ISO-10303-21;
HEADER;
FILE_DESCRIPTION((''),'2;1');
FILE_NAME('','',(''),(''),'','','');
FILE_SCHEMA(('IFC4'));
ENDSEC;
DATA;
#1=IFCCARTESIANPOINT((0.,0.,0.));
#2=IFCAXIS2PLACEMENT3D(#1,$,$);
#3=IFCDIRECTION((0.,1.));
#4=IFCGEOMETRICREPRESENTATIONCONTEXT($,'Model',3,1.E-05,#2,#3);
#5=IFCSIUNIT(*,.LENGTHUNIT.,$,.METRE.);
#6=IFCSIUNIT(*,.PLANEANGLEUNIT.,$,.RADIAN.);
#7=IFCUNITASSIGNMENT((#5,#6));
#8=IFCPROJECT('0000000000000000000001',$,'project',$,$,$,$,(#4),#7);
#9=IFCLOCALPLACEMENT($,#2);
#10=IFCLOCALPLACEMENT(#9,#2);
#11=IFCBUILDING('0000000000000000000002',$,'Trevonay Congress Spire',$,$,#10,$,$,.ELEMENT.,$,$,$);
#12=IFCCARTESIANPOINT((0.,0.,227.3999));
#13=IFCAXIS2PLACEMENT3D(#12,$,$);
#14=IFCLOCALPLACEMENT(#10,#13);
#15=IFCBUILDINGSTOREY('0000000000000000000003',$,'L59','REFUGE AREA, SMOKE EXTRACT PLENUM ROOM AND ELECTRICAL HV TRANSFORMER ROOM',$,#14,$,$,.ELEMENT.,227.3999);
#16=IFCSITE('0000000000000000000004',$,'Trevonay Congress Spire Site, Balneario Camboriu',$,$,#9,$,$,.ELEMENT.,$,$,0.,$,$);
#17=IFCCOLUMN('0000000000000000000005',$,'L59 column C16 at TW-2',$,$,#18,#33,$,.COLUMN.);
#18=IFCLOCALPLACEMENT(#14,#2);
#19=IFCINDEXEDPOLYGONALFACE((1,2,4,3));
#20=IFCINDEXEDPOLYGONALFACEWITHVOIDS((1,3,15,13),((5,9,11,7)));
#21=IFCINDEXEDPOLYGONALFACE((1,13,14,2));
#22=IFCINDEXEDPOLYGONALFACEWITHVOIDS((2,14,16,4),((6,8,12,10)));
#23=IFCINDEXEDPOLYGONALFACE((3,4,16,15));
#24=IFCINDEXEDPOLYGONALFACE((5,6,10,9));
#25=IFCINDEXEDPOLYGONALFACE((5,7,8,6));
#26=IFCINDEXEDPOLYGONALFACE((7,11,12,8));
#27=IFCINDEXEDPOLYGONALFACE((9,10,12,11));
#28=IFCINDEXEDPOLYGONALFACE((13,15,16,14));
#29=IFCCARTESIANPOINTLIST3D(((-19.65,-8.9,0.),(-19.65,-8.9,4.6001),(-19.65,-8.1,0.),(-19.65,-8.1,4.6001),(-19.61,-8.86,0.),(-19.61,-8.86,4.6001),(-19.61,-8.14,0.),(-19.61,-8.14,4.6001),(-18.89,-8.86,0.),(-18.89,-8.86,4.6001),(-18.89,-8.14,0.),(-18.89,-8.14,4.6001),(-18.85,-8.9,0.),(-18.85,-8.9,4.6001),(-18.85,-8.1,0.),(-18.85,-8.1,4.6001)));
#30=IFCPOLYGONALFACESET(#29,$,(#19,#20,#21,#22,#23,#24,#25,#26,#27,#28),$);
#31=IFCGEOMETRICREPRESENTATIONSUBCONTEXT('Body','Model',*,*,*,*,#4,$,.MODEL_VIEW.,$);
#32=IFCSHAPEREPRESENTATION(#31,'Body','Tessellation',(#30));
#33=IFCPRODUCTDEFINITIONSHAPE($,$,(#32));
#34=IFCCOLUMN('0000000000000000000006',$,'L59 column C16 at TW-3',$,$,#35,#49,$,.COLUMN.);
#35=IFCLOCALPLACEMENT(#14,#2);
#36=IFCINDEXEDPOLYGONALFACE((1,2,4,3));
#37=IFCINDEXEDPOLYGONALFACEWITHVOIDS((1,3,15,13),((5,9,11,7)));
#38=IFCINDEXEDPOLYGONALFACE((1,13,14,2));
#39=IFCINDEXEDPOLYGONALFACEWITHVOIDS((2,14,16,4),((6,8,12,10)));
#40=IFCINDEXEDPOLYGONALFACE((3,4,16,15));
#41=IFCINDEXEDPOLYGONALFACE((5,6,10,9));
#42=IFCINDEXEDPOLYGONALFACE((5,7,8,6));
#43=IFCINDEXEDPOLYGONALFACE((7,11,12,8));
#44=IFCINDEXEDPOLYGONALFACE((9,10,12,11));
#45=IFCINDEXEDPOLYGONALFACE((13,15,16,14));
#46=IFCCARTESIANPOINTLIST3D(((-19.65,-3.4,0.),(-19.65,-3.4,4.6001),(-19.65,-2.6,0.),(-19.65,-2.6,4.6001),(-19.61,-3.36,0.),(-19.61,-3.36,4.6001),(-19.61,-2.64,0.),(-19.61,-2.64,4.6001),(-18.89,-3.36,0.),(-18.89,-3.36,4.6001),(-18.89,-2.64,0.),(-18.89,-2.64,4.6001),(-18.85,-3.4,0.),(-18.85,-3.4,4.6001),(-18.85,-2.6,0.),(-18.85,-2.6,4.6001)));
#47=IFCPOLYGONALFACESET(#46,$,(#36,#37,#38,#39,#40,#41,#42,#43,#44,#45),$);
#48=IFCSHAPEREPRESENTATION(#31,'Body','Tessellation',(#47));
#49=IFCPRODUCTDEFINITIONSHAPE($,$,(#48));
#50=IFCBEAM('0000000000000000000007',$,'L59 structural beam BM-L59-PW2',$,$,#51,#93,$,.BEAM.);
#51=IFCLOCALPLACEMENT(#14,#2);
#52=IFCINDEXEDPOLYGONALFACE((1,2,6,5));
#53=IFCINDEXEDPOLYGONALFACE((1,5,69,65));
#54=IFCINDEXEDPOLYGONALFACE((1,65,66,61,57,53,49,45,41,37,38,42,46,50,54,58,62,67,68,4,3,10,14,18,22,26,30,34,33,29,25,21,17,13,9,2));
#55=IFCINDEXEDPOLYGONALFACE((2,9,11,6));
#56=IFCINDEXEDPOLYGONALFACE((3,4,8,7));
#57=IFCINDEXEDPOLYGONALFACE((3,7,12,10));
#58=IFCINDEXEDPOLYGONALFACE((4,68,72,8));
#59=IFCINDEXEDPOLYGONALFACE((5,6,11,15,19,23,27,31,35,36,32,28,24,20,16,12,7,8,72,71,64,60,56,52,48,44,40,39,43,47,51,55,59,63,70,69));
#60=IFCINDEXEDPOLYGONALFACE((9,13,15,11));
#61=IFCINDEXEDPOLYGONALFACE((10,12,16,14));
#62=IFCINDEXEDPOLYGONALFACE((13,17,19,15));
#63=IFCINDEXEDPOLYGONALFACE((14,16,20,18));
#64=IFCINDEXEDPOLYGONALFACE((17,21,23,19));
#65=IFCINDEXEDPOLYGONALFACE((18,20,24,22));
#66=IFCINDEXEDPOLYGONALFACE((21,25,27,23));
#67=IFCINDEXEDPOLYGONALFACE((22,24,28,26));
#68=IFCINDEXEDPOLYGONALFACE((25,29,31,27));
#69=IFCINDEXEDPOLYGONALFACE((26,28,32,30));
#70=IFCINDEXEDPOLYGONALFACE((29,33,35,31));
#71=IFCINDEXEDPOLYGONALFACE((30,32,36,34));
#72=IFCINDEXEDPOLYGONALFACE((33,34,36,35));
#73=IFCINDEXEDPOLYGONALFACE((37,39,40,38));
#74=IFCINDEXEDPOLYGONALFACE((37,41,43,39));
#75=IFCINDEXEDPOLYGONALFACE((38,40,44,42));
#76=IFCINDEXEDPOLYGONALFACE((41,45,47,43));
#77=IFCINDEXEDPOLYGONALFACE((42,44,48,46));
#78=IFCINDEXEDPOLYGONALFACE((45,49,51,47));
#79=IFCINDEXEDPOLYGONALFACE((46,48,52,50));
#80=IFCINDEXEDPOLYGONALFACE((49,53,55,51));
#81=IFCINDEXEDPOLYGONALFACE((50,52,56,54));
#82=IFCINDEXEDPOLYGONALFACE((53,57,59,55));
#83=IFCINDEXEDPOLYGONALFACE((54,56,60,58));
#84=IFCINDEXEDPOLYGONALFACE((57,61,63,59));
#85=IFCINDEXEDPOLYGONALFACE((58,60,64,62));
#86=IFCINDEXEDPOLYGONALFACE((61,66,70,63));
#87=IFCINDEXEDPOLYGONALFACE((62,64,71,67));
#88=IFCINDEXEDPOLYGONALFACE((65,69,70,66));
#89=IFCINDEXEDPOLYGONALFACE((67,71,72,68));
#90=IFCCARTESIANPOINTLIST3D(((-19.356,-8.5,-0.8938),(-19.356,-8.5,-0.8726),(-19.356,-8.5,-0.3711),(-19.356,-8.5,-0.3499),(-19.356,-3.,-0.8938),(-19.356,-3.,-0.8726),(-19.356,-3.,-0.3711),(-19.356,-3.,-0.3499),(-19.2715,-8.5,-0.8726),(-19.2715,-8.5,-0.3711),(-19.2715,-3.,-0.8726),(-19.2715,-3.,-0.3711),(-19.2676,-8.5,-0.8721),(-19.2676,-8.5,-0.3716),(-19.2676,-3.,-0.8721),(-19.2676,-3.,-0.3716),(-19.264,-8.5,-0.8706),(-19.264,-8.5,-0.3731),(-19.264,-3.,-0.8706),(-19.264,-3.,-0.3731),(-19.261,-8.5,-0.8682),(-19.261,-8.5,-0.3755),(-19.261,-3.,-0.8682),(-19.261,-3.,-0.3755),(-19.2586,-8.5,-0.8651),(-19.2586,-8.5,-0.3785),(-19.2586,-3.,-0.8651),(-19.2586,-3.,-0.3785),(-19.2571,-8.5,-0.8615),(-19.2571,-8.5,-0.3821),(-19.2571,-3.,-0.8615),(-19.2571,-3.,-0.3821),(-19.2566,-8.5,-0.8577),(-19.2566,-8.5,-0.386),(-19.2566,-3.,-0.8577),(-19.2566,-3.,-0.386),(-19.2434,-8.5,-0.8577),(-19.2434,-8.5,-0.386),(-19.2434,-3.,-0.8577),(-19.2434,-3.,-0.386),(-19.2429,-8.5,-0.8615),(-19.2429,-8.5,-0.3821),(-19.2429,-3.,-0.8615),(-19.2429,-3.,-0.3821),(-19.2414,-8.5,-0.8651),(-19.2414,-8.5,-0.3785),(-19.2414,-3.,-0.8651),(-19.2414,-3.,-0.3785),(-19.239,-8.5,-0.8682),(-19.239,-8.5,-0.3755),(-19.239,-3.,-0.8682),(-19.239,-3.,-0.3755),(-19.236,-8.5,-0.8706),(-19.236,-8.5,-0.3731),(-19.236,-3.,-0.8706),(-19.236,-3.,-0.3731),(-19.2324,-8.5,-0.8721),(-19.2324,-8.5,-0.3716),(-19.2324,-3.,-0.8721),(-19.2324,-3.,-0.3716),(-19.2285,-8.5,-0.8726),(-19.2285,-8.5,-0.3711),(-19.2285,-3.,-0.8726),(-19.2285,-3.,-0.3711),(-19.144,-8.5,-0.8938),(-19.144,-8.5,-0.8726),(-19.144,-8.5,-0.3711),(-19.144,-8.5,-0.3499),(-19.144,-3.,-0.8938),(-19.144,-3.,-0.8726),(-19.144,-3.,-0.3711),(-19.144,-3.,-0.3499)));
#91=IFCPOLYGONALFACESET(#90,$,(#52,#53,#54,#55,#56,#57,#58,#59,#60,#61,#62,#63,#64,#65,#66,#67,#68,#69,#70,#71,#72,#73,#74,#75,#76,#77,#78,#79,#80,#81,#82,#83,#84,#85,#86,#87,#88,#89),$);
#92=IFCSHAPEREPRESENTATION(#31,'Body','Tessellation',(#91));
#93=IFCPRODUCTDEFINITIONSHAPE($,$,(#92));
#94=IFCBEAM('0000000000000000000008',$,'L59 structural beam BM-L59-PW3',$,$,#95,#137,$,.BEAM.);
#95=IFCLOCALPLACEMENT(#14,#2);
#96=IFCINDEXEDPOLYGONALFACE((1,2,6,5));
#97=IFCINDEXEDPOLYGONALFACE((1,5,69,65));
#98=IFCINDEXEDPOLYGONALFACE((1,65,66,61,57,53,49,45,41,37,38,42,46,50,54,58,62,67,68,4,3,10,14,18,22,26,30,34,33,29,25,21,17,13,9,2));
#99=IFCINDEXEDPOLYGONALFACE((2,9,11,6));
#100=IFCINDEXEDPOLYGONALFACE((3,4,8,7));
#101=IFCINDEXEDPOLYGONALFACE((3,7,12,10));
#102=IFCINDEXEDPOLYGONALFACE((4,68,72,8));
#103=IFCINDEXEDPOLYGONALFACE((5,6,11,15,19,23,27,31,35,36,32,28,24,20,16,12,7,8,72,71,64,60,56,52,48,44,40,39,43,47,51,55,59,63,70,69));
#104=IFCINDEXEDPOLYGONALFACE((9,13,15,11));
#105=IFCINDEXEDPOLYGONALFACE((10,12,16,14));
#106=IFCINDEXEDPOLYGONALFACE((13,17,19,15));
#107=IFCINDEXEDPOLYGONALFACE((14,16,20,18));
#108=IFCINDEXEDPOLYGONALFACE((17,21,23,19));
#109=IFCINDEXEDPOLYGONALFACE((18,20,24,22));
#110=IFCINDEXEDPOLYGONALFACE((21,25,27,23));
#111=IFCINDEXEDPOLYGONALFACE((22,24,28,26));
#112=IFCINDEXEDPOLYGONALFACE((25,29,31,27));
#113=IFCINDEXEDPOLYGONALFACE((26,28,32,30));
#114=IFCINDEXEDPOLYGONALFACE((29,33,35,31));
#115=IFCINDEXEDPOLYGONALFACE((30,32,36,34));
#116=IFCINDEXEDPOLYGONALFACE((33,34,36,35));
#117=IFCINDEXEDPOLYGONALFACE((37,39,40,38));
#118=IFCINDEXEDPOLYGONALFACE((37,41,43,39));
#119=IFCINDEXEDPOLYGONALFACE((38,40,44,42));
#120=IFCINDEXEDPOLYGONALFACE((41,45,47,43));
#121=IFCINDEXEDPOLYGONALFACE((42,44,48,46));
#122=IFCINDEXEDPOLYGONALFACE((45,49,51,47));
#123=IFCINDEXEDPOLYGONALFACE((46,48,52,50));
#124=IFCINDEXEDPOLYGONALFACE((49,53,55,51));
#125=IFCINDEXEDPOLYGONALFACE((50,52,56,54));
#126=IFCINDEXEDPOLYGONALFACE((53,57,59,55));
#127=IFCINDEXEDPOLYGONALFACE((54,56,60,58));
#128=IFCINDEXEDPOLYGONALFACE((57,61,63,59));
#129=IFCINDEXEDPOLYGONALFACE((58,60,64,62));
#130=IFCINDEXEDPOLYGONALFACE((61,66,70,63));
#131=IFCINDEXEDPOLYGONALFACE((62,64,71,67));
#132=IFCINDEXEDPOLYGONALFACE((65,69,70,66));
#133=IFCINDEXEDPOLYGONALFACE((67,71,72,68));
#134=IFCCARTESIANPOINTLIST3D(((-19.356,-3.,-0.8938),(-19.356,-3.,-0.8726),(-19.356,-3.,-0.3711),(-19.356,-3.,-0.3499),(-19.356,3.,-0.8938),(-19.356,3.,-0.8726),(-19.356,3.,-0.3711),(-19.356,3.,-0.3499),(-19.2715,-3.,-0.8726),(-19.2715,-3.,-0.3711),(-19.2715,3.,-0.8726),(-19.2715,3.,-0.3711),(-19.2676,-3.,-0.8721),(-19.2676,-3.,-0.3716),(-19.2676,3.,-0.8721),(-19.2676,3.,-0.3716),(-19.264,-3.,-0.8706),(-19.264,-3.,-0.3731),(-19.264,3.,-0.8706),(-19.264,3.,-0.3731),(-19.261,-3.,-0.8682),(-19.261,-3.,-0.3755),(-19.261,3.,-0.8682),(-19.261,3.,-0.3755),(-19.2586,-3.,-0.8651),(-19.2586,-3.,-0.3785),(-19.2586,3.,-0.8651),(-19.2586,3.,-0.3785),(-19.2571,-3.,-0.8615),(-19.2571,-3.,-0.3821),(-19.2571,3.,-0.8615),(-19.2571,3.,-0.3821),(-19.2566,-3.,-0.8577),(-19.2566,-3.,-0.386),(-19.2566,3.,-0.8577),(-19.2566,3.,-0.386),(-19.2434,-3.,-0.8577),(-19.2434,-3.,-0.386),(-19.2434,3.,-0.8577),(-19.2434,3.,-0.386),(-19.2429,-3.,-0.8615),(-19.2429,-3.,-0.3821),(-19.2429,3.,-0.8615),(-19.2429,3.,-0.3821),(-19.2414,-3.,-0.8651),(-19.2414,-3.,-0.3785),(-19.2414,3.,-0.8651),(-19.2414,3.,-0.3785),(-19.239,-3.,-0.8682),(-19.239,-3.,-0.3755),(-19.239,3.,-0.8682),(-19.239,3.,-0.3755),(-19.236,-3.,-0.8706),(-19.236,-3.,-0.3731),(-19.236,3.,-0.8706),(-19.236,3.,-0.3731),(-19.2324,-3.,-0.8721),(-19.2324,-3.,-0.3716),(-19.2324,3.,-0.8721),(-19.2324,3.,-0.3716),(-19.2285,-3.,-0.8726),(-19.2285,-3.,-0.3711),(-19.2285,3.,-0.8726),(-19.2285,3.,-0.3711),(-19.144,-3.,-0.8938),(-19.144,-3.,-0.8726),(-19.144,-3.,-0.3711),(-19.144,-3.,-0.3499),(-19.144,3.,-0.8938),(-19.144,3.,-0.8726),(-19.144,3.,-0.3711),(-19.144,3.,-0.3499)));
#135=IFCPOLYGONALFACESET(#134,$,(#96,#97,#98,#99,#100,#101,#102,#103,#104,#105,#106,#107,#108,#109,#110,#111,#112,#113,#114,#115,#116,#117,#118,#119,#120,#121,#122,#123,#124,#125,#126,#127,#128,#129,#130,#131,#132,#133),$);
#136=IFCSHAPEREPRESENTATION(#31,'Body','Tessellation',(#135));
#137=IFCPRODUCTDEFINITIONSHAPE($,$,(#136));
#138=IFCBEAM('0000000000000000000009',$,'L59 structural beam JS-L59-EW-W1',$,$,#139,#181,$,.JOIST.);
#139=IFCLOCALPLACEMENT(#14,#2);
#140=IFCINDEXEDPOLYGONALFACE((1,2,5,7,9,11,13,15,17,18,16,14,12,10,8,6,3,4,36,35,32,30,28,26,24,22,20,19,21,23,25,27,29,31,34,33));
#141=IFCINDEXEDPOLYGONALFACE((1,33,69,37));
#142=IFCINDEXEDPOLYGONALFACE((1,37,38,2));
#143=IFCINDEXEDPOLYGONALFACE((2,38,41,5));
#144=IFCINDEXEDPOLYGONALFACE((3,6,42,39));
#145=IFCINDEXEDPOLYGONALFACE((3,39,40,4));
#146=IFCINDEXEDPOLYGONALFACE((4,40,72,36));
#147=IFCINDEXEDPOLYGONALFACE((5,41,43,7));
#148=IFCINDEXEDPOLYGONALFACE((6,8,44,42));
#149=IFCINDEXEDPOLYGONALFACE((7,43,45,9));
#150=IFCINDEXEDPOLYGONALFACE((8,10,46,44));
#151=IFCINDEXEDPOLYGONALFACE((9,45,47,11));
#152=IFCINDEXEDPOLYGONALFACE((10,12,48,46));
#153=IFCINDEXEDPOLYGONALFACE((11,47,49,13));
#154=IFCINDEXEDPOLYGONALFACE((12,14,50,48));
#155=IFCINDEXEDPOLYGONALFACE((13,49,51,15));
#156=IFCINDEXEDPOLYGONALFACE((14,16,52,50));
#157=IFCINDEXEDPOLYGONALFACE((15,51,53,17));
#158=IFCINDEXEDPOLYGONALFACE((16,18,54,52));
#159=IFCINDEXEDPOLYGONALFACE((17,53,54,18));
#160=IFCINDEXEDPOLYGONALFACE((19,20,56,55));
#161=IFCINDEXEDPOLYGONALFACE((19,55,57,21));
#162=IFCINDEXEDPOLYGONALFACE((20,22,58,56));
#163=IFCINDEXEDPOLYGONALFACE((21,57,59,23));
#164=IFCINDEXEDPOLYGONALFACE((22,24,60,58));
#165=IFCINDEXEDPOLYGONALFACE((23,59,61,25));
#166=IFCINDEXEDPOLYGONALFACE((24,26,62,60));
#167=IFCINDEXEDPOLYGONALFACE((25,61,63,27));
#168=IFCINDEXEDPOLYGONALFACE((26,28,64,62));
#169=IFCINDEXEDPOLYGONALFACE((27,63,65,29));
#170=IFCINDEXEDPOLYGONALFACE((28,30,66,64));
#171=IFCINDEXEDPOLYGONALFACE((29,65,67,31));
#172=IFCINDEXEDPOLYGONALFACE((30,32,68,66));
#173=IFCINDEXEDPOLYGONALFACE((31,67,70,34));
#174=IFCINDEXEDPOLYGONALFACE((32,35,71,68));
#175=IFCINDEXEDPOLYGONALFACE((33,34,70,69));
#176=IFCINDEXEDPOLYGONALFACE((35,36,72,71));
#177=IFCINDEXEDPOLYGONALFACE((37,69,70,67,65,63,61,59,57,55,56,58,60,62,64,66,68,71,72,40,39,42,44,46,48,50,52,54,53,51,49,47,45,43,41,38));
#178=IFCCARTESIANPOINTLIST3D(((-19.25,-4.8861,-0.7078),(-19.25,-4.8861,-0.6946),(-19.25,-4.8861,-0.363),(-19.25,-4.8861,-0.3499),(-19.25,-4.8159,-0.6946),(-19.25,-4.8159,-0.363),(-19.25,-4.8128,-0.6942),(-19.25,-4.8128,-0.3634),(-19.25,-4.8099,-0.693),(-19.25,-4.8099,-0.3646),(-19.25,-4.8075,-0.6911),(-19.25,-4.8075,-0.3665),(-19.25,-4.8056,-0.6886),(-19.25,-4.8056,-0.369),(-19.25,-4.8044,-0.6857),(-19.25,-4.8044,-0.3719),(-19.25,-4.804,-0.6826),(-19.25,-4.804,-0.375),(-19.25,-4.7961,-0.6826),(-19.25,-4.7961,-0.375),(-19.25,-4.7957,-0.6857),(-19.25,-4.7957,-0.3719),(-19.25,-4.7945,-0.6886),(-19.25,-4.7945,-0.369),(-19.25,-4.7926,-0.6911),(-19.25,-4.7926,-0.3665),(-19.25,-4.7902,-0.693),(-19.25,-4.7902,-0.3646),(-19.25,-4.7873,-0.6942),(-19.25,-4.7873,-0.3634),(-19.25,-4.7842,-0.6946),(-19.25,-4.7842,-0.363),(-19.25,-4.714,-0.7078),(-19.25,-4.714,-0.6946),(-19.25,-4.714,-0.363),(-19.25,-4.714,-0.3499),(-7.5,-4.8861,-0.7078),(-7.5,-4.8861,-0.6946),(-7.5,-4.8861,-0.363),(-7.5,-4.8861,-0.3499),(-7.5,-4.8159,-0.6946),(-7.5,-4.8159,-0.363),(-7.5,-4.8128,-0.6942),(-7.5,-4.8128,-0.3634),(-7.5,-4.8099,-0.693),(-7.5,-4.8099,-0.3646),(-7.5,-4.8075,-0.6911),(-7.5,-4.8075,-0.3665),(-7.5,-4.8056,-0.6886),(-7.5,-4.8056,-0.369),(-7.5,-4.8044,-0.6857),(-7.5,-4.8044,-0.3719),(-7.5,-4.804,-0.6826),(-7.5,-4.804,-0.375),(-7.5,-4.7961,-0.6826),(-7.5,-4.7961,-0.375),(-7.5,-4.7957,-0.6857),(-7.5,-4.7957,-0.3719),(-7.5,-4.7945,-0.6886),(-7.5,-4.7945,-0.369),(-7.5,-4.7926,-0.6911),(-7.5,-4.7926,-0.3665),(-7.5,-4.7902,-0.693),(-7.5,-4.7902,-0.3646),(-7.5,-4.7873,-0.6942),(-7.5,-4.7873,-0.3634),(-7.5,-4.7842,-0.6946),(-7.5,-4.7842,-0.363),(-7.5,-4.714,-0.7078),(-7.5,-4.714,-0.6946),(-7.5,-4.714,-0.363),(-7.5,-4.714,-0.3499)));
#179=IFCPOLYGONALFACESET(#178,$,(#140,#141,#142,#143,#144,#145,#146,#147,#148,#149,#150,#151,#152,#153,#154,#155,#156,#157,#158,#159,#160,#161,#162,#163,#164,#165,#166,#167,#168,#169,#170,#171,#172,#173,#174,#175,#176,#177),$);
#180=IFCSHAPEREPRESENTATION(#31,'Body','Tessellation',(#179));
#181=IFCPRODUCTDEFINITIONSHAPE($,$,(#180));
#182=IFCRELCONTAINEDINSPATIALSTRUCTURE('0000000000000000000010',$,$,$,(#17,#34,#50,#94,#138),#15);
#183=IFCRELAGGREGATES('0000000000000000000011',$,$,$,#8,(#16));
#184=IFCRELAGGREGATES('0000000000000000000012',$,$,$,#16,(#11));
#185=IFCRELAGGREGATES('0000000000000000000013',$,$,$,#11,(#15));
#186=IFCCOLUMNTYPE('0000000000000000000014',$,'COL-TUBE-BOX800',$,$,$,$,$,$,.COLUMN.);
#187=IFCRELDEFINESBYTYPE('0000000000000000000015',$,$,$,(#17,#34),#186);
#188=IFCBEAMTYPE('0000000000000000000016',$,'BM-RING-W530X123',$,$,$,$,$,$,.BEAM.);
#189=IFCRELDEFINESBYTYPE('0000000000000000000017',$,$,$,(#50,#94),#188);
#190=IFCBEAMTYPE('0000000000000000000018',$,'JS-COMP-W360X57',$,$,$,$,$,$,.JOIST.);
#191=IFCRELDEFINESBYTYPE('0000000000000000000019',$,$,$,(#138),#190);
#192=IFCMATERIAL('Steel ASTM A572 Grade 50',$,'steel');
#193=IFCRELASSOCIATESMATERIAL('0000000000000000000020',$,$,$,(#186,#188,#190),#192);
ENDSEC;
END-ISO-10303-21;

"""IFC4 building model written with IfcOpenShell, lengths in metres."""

from ifc_helpers import new_model, si_unit, direction, frame, origin, origin_2d, place, context, subcontext, project, spatial, hollow_rectangle, i_section, extrude, material, material_profile, profile_set, type_object, element, save


model = new_model("IFC4")

# Units and contexts
model_context = context("Model", 3, precision=1e-05, world=origin(), true_north=direction((0.0, 1.0)))
body_context = subcontext(model_context, "Body", "Model", "MODEL_VIEW")
ifc_project = project(units=[si_unit("LENGTHUNIT", "METRE"), si_unit("PLANEANGLEUNIT", "RADIAN")], contexts=[model_context])

# Site, building, storey
site_placement = place(None, origin())
site = spatial("IfcSite", under=ifc_project, at=site_placement, Name="Trevonay Congress Spire Site, Balneario Camboriu", CompositionType="ELEMENT", RefElevation=0.0)
building_placement = place(site_placement, origin())
building = spatial("IfcBuilding", under=site, at=building_placement, Name="Trevonay Congress Spire", CompositionType="ELEMENT")
storey_placement = place(building_placement, frame((0.0, 0.0, 227.3999)))
storey = spatial("IfcBuildingStorey", under=building, at=storey_placement, Name="L59", Description="REFUGE AREA, SMOKE EXTRACT PLENUM ROOM AND ELECTRICAL HV TRANSFORMER ROOM", CompositionType="ELEMENT", Elevation=227.3999)

# Columns
ifc_material_1 = material(Name="Steel ASTM A572 Grade 50", Category="steel")
ifc_material_profile_1 = material_profile(ifc_material_1, hollow_rectangle(XDim=0.8, YDim=0.8, WallThickness=0.04, at=origin_2d()), Name="BOX 800x800x40")
ifc_profile_set_1 = profile_set([ifc_material_profile_1], Name="Steel ASTM A572 Grade 50")
column_type = type_object("IfcColumnType", Name="COL-TUBE-BOX800", PredefinedType="COLUMN", material=ifc_profile_set_1)
for number, where, z_axis, x_axis, name in (
    (1, (-19.25, -8.5, 0.0), (0.0, 0.0, 1.0), (1.0, 0.0, 0.0), "L59 column C16 at TW-2"),
    (2, (-19.25, -3.0, 0.0), (0.0, 0.0, 1.0), (1.0, 0.0, 0.0), "L59 column C16 at TW-3"),
):
    element("IfcColumn", number, at=place(storey_placement, frame(where, z_axis=z_axis, x_axis=x_axis)), inside=storey, type_object=column_type, Name=name, PredefinedType="COLUMN", context=body_context, shape_type="SweptSolid", body=[
        extrude(hollow_rectangle(XDim=0.8, YDim=0.8, WallThickness=0.04, at=origin_2d()), origin(), (0.0, 0.0, 1.0), 4.6001),
    ])

# Beams
ifc_material_profile_2 = material_profile(ifc_material_1, i_section(OverallWidth=0.2119, OverallDepth=0.5439, WebThickness=0.0132, FlangeThickness=0.0212, FilletRadius=0.0149, at=origin_2d()), Name="W530x123")
ifc_profile_set_2 = profile_set([ifc_material_profile_2], Name="Steel ASTM A572 Grade 50")
beam_type_1 = type_object("IfcBeamType", Name="BM-RING-W530X123", PredefinedType="BEAM", material=ifc_profile_set_2)
beam_1_placement = place(storey_placement, frame((-19.25, -8.5, -0.6218), z_axis=(0.0, 1.0, 0.0), x_axis=(-1.0, 0.0, 0.0)))
element("IfcBeam", 3, at=beam_1_placement, inside=storey, type_object=beam_type_1, Name="L59 structural beam BM-L59-PW2", PredefinedType="BEAM", context=body_context, shape_type="SweptSolid", body=[
    extrude(i_section(OverallWidth=0.2119, OverallDepth=0.5439, WebThickness=0.0132, FlangeThickness=0.0212, FilletRadius=0.0149, at=origin_2d()), origin(), (0.0, 0.0, 1.0), 5.5),
])
beam_2_placement = place(storey_placement, frame((-19.25, -3.0, -0.6218), z_axis=(0.0, 1.0, 0.0), x_axis=(-1.0, 0.0, 0.0)))
element("IfcBeam", 4, at=beam_2_placement, inside=storey, type_object=beam_type_1, Name="L59 structural beam BM-L59-PW3", PredefinedType="BEAM", context=body_context, shape_type="SweptSolid", body=[
    extrude(i_section(OverallWidth=0.2119, OverallDepth=0.5439, WebThickness=0.0132, FlangeThickness=0.0212, FilletRadius=0.0149, at=origin_2d()), origin(), (0.0, 0.0, 1.0), 6.0),
])
ifc_material_profile_3 = material_profile(ifc_material_1, i_section(OverallWidth=0.1721, OverallDepth=0.3579, WebThickness=0.0078, FlangeThickness=0.0132, FilletRadius=0.012, at=origin_2d()), Name="W360x57.8")
ifc_profile_set_3 = profile_set([ifc_material_profile_3], Name="Steel ASTM A572 Grade 50")
beam_type_2 = type_object("IfcBeamType", Name="JS-COMP-W360X57", PredefinedType="JOIST", material=ifc_profile_set_3)
beam_3_placement = place(storey_placement, frame((-19.25, -4.8, -0.5288), z_axis=(1.0, 0.0, 0.0), x_axis=(0.0, 1.0, 0.0)))
element("IfcBeam", 5, at=beam_3_placement, inside=storey, type_object=beam_type_2, Name="L59 structural beam JS-L59-EW-W1", PredefinedType="JOIST", context=body_context, shape_type="SweptSolid", body=[
    extrude(i_section(OverallWidth=0.1721, OverallDepth=0.3579, WebThickness=0.0078, FlangeThickness=0.0132, FilletRadius=0.012, at=origin_2d()), origin(), (0.0, 0.0, 1.0), 11.75),
])

save(model, "model.ifc")
